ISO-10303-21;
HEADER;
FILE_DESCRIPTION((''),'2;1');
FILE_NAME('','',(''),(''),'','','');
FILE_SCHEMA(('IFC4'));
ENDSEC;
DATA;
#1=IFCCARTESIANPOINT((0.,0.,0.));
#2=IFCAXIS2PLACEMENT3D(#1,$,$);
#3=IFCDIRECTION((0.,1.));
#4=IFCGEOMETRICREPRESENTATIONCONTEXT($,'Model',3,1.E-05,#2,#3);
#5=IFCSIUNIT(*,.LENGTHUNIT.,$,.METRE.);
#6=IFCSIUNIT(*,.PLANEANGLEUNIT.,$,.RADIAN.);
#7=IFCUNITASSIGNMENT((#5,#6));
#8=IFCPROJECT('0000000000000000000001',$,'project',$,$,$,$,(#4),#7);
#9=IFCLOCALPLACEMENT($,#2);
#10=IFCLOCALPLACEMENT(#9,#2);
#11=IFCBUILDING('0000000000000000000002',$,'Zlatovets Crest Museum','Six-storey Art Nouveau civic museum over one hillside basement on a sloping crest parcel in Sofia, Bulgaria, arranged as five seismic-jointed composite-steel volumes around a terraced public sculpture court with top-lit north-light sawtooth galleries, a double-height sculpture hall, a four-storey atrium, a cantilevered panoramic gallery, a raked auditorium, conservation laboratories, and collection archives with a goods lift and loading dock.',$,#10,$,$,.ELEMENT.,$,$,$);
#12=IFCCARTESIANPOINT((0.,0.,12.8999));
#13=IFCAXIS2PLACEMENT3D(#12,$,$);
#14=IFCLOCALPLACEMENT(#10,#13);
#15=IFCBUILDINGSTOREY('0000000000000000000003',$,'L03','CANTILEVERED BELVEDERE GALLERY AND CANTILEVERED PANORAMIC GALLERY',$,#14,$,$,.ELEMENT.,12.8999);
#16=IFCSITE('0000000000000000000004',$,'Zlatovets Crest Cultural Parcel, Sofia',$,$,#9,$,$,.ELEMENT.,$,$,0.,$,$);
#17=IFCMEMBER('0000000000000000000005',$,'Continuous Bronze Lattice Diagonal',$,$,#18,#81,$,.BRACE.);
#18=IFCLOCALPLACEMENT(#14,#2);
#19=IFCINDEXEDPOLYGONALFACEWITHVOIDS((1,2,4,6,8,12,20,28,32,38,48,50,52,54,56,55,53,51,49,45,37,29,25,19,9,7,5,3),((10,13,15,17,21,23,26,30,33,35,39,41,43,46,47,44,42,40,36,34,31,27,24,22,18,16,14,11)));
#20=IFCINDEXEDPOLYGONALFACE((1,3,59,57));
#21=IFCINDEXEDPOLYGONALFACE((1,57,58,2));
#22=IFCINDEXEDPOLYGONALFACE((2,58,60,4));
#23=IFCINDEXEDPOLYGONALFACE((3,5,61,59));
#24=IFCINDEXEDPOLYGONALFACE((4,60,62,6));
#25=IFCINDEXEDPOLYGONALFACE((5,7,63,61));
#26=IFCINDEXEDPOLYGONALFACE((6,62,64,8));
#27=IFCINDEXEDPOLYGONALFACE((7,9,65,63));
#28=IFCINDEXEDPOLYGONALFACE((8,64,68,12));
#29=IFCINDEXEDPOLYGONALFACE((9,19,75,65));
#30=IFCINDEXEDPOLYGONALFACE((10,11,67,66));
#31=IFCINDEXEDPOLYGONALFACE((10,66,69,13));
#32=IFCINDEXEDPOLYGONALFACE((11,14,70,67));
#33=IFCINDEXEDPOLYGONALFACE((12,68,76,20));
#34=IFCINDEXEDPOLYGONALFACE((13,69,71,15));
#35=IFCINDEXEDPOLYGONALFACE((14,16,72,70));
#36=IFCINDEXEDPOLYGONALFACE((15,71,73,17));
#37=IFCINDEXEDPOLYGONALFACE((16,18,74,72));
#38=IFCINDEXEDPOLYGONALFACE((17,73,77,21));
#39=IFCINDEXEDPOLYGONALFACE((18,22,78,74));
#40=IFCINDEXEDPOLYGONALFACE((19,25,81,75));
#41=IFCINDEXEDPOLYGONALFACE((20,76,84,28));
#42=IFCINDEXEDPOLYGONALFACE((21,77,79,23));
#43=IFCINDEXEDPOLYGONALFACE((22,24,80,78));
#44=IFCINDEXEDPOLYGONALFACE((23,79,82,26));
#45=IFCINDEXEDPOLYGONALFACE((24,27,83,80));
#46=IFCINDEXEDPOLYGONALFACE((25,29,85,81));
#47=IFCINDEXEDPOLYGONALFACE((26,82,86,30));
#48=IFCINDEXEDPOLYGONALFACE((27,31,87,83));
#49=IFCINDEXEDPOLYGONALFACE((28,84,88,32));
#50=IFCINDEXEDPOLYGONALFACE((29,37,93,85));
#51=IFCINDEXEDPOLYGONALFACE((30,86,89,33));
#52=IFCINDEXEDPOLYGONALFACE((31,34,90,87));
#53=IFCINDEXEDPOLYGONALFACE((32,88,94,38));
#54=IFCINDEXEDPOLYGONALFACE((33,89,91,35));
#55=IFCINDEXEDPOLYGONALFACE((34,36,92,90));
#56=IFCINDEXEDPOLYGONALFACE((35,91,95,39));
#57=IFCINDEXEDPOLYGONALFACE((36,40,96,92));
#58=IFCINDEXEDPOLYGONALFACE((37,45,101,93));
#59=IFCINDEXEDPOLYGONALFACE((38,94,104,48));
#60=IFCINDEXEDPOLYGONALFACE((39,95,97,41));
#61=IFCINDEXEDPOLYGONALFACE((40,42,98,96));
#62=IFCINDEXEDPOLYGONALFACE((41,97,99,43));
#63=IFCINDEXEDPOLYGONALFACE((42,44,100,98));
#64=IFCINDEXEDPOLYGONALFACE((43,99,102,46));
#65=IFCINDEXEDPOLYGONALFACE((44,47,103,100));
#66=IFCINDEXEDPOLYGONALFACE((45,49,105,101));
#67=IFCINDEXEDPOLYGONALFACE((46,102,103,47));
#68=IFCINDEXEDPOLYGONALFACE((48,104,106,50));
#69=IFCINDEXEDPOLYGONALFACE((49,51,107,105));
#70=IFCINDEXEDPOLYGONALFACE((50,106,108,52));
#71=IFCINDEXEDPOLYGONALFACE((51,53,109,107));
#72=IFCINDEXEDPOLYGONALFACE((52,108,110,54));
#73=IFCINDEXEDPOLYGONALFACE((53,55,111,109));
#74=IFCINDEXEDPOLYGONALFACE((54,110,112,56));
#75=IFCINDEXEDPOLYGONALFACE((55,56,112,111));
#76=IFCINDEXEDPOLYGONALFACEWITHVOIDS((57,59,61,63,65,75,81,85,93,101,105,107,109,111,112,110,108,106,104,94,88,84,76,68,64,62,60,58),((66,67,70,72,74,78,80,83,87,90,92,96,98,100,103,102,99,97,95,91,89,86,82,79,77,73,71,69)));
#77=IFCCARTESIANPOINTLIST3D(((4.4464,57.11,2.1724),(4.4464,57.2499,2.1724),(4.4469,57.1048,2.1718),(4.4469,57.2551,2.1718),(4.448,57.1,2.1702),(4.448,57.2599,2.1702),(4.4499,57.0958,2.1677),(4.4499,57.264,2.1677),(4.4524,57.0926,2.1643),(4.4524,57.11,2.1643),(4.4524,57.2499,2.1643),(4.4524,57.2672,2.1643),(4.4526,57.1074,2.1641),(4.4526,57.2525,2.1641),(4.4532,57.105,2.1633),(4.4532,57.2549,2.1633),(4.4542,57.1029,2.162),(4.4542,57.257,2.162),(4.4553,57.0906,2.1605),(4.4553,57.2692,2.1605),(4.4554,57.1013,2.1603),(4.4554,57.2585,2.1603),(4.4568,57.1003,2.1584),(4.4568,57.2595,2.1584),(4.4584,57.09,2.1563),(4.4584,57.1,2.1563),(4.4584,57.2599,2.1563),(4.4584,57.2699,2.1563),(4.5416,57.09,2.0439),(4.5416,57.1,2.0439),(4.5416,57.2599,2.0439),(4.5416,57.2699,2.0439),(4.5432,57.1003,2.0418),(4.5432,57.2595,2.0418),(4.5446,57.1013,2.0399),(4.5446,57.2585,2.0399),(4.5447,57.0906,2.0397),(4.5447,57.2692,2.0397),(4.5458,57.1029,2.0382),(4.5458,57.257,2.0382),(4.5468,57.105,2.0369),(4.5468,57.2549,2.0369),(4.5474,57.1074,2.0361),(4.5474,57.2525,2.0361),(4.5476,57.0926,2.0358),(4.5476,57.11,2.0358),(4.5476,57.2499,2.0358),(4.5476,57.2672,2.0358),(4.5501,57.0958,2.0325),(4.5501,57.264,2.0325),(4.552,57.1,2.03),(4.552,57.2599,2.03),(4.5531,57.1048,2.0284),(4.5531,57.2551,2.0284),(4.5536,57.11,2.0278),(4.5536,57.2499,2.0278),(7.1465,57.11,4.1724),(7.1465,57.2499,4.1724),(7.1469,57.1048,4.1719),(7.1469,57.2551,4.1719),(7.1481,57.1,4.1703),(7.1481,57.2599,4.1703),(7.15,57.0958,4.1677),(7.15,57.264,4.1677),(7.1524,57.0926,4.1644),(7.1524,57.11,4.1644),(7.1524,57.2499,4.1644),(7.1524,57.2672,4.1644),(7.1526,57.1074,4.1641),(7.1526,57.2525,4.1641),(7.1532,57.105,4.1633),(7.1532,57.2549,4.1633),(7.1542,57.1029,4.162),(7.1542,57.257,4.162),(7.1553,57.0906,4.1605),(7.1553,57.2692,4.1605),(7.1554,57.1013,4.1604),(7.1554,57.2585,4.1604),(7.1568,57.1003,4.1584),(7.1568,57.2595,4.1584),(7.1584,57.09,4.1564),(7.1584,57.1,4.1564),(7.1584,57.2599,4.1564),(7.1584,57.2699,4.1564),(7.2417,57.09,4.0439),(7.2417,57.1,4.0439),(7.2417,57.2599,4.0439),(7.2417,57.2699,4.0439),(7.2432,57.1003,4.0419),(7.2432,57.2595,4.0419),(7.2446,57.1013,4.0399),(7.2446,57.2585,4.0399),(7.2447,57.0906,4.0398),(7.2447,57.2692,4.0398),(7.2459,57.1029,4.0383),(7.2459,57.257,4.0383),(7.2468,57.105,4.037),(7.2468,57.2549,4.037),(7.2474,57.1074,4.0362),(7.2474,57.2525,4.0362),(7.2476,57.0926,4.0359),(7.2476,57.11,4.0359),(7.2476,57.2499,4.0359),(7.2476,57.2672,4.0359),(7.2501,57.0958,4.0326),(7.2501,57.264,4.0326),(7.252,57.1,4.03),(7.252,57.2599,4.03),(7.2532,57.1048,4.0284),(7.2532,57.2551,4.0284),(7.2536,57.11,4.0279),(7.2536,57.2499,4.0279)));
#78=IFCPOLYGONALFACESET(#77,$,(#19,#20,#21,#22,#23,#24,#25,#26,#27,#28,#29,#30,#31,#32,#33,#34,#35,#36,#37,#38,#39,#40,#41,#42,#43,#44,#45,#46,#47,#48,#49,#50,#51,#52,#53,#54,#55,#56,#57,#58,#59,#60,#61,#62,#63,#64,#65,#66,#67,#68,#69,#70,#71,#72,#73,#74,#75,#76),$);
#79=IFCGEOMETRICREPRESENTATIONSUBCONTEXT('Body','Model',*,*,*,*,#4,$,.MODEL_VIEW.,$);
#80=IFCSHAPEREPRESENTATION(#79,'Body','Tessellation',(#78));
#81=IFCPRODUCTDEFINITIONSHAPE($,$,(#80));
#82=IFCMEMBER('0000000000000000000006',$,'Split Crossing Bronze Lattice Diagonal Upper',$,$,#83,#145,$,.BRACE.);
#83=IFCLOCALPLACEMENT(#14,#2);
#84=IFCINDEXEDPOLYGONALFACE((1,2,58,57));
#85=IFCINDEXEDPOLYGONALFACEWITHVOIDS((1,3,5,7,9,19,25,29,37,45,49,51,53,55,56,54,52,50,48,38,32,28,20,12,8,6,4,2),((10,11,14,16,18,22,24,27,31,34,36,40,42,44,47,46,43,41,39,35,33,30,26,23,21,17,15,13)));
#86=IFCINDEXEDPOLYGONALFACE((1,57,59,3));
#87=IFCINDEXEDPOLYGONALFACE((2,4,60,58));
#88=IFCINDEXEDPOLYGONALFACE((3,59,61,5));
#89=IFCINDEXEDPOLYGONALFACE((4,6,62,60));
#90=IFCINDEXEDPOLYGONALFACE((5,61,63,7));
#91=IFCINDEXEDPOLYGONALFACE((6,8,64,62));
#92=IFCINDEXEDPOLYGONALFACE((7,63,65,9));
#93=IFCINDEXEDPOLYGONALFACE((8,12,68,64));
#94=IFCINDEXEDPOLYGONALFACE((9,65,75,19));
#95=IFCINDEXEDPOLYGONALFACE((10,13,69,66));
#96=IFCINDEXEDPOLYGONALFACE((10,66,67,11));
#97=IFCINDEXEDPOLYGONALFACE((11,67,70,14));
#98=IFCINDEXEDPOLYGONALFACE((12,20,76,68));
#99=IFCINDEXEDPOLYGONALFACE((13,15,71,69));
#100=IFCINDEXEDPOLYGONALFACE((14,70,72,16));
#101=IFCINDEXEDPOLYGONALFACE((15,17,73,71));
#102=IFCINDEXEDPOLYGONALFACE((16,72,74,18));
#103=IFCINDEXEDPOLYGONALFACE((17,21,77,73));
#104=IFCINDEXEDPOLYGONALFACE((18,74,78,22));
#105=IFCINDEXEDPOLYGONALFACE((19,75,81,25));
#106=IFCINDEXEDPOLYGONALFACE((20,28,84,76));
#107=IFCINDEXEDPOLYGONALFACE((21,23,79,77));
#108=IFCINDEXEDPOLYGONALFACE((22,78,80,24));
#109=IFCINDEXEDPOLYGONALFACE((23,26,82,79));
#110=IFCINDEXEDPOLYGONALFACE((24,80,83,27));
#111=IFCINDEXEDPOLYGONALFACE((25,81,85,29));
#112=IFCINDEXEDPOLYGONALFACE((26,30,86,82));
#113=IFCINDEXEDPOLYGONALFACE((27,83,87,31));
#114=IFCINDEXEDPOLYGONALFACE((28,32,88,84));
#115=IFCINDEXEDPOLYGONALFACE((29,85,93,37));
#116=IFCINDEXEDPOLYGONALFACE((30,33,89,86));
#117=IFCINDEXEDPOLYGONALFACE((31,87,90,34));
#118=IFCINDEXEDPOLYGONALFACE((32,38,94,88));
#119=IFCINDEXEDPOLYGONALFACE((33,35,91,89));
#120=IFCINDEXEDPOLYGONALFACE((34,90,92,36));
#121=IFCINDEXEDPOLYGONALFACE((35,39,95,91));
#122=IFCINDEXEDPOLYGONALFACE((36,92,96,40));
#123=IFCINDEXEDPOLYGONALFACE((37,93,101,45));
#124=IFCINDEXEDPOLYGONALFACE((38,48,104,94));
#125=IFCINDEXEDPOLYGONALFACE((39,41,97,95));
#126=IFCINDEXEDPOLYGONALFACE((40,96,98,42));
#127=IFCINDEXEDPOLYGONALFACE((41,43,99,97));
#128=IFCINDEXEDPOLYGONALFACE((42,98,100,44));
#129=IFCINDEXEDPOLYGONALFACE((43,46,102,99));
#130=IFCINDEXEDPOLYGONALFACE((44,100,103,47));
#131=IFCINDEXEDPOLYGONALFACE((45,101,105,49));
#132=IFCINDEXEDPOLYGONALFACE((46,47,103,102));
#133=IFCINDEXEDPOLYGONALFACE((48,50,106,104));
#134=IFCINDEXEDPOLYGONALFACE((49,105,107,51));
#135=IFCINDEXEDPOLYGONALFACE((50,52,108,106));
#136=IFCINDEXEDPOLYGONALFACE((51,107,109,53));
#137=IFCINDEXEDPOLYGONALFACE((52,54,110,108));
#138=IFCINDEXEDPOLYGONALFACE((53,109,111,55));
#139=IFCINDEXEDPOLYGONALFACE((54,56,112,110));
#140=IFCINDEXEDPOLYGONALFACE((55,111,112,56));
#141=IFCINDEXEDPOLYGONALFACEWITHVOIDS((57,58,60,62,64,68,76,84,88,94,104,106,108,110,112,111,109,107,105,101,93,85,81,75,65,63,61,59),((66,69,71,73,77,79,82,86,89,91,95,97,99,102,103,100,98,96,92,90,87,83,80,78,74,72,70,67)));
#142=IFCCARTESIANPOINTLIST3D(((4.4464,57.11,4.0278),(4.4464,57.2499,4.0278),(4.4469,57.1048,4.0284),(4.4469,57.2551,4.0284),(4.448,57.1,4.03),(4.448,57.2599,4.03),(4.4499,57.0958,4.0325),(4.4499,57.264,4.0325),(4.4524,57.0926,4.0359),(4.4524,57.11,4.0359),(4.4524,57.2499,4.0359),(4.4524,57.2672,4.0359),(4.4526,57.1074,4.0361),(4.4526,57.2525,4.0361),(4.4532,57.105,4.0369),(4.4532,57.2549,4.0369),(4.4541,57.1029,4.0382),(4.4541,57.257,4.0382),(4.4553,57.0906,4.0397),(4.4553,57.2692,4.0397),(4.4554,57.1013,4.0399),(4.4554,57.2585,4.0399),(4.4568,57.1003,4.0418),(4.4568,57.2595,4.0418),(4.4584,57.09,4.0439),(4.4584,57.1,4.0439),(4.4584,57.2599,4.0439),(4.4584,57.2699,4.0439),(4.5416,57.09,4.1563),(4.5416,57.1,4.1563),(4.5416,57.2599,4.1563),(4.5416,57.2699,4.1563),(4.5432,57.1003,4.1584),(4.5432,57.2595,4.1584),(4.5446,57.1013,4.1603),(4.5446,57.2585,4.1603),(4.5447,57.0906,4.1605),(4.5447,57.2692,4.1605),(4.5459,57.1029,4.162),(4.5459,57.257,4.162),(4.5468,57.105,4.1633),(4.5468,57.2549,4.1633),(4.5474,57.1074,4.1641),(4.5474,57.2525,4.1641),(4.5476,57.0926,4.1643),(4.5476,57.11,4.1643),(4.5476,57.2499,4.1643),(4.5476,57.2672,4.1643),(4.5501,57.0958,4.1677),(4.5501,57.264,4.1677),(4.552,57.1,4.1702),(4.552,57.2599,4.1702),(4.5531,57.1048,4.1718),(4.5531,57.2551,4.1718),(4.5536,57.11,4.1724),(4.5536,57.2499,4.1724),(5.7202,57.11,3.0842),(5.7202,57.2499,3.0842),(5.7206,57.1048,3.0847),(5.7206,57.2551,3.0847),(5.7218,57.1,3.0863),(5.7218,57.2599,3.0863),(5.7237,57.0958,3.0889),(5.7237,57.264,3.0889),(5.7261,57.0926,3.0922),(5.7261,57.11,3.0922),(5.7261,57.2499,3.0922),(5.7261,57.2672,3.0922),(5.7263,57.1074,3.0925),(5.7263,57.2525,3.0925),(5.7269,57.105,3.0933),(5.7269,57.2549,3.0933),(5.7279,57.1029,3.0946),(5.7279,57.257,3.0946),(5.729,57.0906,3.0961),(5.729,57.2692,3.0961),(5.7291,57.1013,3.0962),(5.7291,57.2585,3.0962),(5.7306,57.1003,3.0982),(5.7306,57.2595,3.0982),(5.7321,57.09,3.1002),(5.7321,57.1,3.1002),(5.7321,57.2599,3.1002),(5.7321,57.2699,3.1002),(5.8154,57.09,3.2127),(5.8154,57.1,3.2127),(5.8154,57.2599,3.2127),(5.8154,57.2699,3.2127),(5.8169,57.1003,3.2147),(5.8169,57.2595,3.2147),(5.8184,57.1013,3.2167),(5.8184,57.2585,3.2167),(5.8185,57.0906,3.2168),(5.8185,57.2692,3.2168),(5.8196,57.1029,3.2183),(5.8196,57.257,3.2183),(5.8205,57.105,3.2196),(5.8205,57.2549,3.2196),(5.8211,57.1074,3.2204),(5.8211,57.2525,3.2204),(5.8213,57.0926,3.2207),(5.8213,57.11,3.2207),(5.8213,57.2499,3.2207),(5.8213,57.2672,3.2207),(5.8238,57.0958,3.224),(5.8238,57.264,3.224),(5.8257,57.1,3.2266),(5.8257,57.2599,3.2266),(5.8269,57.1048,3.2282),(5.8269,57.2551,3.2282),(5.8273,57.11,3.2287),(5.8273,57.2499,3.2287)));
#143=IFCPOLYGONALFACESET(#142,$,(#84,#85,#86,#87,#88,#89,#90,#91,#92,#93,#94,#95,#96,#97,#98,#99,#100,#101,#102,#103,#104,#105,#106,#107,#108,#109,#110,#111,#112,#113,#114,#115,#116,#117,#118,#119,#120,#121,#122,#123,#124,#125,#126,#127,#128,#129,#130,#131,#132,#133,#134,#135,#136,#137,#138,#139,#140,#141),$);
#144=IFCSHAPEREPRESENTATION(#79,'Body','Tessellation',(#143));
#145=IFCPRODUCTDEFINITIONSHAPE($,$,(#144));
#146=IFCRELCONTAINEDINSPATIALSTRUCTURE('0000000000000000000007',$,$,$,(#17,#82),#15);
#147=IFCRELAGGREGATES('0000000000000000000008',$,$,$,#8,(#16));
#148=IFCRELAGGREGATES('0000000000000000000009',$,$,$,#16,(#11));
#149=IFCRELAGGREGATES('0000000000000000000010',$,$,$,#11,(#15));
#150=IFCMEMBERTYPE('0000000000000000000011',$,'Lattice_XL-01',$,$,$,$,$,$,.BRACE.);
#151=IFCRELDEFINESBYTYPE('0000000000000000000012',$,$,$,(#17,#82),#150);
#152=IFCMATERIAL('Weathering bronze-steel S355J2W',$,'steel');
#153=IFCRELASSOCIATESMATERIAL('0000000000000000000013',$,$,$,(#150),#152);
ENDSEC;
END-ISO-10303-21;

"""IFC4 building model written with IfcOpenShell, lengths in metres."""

from ifc_helpers import new_model, si_unit, direction, frame, origin, origin_2d, place, context, subcontext, project, spatial, hollow_rectangle, extrude, material, material_profile, profile_set, type_object, element, save


model = new_model("IFC4")

# Units and contexts
model_context = context("Model", 3, precision=1e-05, world=origin(), true_north=direction((0.0, 1.0)))
body_context = subcontext(model_context, "Body", "Model", "MODEL_VIEW")
ifc_project = project(units=[si_unit("LENGTHUNIT", "METRE"), si_unit("PLANEANGLEUNIT", "RADIAN")], contexts=[model_context])

# Site, building, storey
site_placement = place(None, origin())
site = spatial("IfcSite", under=ifc_project, at=site_placement, Name="Zlatovets Crest Cultural Parcel, Sofia", CompositionType="ELEMENT", RefElevation=0.0)
building_placement = place(site_placement, origin())
building = spatial("IfcBuilding", under=site, at=building_placement, Name="Zlatovets Crest Museum", Description="Six-storey Art Nouveau civic museum over one hillside basement on a sloping crest parcel in Sofia, Bulgaria, arranged as five seismic-jointed composite-steel volumes around a terraced public sculpture court with top-lit north-light sawtooth galleries, a double-height sculpture hall, a four-storey atrium, a cantilevered panoramic gallery, a raked auditorium, conservation laboratories, and collection archives with a goods lift and loading dock.", CompositionType="ELEMENT")
storey_placement = place(building_placement, frame((0.0, 0.0, 12.8999)))
storey = spatial("IfcBuildingStorey", under=building, at=storey_placement, Name="L03", Description="CANTILEVERED BELVEDERE GALLERY AND CANTILEVERED PANORAMIC GALLERY", CompositionType="ELEMENT", Elevation=12.8999)

# Members
ifc_material_1 = material(Name="Weathering bronze-steel S355J2W", Category="steel")
ifc_material_profile_1 = material_profile(ifc_material_1, hollow_rectangle(XDim=0.1799, YDim=0.1799, WallThickness=0.01, InnerFilletRadius=0.01, OuterFilletRadius=0.02, at=origin_2d()), Name="SHS 180x180x10.0")
ifc_profile_set_1 = profile_set([ifc_material_profile_1], Name="Weathering bronze-steel S355J2W")
member_type_1 = type_object("IfcMemberType", Name="Lattice_XL-01", PredefinedType="BRACE", material=ifc_profile_set_1)
member_1_placement = place(storey_placement, frame((4.5, 57.1799, 2.1001), z_axis=(0.803552, 0.0, 0.595235), x_axis=(0.0, 1.0, 0.0)))
element("IfcMember", 1, at=member_1_placement, inside=storey, type_object=member_type_1, Name="Continuous Bronze Lattice Diagonal", PredefinedType="BRACE", context=body_context, shape_type="SweptSolid", body=[
    extrude(hollow_rectangle(XDim=0.1799, YDim=0.1799, WallThickness=0.01, InnerFilletRadius=0.01, OuterFilletRadius=0.02, at=origin_2d()), origin(), (0.0, 0.0, 1.0), 3.3601),
])
for number, where, z_axis, x_axis, name in (
    (2, (4.5, 57.1799, 4.1001), (0.803516, 0.0, -0.595283), (0.0, 1.0, 0.0), "Split Crossing Bronze Lattice Diagonal Upper"),
):
    element("IfcMember", number, at=place(storey_placement, frame(where, z_axis=z_axis, x_axis=x_axis)), inside=storey, type_object=member_type_1, Name=name, PredefinedType="BRACE", context=body_context, shape_type="SweptSolid", body=[
        extrude(hollow_rectangle(XDim=0.1799, YDim=0.1799, WallThickness=0.01, InnerFilletRadius=0.01, OuterFilletRadius=0.02, at=origin_2d()), origin(), (0.0, 0.0, 1.0), 1.5852),
    ])

save(model, "model.ifc")
